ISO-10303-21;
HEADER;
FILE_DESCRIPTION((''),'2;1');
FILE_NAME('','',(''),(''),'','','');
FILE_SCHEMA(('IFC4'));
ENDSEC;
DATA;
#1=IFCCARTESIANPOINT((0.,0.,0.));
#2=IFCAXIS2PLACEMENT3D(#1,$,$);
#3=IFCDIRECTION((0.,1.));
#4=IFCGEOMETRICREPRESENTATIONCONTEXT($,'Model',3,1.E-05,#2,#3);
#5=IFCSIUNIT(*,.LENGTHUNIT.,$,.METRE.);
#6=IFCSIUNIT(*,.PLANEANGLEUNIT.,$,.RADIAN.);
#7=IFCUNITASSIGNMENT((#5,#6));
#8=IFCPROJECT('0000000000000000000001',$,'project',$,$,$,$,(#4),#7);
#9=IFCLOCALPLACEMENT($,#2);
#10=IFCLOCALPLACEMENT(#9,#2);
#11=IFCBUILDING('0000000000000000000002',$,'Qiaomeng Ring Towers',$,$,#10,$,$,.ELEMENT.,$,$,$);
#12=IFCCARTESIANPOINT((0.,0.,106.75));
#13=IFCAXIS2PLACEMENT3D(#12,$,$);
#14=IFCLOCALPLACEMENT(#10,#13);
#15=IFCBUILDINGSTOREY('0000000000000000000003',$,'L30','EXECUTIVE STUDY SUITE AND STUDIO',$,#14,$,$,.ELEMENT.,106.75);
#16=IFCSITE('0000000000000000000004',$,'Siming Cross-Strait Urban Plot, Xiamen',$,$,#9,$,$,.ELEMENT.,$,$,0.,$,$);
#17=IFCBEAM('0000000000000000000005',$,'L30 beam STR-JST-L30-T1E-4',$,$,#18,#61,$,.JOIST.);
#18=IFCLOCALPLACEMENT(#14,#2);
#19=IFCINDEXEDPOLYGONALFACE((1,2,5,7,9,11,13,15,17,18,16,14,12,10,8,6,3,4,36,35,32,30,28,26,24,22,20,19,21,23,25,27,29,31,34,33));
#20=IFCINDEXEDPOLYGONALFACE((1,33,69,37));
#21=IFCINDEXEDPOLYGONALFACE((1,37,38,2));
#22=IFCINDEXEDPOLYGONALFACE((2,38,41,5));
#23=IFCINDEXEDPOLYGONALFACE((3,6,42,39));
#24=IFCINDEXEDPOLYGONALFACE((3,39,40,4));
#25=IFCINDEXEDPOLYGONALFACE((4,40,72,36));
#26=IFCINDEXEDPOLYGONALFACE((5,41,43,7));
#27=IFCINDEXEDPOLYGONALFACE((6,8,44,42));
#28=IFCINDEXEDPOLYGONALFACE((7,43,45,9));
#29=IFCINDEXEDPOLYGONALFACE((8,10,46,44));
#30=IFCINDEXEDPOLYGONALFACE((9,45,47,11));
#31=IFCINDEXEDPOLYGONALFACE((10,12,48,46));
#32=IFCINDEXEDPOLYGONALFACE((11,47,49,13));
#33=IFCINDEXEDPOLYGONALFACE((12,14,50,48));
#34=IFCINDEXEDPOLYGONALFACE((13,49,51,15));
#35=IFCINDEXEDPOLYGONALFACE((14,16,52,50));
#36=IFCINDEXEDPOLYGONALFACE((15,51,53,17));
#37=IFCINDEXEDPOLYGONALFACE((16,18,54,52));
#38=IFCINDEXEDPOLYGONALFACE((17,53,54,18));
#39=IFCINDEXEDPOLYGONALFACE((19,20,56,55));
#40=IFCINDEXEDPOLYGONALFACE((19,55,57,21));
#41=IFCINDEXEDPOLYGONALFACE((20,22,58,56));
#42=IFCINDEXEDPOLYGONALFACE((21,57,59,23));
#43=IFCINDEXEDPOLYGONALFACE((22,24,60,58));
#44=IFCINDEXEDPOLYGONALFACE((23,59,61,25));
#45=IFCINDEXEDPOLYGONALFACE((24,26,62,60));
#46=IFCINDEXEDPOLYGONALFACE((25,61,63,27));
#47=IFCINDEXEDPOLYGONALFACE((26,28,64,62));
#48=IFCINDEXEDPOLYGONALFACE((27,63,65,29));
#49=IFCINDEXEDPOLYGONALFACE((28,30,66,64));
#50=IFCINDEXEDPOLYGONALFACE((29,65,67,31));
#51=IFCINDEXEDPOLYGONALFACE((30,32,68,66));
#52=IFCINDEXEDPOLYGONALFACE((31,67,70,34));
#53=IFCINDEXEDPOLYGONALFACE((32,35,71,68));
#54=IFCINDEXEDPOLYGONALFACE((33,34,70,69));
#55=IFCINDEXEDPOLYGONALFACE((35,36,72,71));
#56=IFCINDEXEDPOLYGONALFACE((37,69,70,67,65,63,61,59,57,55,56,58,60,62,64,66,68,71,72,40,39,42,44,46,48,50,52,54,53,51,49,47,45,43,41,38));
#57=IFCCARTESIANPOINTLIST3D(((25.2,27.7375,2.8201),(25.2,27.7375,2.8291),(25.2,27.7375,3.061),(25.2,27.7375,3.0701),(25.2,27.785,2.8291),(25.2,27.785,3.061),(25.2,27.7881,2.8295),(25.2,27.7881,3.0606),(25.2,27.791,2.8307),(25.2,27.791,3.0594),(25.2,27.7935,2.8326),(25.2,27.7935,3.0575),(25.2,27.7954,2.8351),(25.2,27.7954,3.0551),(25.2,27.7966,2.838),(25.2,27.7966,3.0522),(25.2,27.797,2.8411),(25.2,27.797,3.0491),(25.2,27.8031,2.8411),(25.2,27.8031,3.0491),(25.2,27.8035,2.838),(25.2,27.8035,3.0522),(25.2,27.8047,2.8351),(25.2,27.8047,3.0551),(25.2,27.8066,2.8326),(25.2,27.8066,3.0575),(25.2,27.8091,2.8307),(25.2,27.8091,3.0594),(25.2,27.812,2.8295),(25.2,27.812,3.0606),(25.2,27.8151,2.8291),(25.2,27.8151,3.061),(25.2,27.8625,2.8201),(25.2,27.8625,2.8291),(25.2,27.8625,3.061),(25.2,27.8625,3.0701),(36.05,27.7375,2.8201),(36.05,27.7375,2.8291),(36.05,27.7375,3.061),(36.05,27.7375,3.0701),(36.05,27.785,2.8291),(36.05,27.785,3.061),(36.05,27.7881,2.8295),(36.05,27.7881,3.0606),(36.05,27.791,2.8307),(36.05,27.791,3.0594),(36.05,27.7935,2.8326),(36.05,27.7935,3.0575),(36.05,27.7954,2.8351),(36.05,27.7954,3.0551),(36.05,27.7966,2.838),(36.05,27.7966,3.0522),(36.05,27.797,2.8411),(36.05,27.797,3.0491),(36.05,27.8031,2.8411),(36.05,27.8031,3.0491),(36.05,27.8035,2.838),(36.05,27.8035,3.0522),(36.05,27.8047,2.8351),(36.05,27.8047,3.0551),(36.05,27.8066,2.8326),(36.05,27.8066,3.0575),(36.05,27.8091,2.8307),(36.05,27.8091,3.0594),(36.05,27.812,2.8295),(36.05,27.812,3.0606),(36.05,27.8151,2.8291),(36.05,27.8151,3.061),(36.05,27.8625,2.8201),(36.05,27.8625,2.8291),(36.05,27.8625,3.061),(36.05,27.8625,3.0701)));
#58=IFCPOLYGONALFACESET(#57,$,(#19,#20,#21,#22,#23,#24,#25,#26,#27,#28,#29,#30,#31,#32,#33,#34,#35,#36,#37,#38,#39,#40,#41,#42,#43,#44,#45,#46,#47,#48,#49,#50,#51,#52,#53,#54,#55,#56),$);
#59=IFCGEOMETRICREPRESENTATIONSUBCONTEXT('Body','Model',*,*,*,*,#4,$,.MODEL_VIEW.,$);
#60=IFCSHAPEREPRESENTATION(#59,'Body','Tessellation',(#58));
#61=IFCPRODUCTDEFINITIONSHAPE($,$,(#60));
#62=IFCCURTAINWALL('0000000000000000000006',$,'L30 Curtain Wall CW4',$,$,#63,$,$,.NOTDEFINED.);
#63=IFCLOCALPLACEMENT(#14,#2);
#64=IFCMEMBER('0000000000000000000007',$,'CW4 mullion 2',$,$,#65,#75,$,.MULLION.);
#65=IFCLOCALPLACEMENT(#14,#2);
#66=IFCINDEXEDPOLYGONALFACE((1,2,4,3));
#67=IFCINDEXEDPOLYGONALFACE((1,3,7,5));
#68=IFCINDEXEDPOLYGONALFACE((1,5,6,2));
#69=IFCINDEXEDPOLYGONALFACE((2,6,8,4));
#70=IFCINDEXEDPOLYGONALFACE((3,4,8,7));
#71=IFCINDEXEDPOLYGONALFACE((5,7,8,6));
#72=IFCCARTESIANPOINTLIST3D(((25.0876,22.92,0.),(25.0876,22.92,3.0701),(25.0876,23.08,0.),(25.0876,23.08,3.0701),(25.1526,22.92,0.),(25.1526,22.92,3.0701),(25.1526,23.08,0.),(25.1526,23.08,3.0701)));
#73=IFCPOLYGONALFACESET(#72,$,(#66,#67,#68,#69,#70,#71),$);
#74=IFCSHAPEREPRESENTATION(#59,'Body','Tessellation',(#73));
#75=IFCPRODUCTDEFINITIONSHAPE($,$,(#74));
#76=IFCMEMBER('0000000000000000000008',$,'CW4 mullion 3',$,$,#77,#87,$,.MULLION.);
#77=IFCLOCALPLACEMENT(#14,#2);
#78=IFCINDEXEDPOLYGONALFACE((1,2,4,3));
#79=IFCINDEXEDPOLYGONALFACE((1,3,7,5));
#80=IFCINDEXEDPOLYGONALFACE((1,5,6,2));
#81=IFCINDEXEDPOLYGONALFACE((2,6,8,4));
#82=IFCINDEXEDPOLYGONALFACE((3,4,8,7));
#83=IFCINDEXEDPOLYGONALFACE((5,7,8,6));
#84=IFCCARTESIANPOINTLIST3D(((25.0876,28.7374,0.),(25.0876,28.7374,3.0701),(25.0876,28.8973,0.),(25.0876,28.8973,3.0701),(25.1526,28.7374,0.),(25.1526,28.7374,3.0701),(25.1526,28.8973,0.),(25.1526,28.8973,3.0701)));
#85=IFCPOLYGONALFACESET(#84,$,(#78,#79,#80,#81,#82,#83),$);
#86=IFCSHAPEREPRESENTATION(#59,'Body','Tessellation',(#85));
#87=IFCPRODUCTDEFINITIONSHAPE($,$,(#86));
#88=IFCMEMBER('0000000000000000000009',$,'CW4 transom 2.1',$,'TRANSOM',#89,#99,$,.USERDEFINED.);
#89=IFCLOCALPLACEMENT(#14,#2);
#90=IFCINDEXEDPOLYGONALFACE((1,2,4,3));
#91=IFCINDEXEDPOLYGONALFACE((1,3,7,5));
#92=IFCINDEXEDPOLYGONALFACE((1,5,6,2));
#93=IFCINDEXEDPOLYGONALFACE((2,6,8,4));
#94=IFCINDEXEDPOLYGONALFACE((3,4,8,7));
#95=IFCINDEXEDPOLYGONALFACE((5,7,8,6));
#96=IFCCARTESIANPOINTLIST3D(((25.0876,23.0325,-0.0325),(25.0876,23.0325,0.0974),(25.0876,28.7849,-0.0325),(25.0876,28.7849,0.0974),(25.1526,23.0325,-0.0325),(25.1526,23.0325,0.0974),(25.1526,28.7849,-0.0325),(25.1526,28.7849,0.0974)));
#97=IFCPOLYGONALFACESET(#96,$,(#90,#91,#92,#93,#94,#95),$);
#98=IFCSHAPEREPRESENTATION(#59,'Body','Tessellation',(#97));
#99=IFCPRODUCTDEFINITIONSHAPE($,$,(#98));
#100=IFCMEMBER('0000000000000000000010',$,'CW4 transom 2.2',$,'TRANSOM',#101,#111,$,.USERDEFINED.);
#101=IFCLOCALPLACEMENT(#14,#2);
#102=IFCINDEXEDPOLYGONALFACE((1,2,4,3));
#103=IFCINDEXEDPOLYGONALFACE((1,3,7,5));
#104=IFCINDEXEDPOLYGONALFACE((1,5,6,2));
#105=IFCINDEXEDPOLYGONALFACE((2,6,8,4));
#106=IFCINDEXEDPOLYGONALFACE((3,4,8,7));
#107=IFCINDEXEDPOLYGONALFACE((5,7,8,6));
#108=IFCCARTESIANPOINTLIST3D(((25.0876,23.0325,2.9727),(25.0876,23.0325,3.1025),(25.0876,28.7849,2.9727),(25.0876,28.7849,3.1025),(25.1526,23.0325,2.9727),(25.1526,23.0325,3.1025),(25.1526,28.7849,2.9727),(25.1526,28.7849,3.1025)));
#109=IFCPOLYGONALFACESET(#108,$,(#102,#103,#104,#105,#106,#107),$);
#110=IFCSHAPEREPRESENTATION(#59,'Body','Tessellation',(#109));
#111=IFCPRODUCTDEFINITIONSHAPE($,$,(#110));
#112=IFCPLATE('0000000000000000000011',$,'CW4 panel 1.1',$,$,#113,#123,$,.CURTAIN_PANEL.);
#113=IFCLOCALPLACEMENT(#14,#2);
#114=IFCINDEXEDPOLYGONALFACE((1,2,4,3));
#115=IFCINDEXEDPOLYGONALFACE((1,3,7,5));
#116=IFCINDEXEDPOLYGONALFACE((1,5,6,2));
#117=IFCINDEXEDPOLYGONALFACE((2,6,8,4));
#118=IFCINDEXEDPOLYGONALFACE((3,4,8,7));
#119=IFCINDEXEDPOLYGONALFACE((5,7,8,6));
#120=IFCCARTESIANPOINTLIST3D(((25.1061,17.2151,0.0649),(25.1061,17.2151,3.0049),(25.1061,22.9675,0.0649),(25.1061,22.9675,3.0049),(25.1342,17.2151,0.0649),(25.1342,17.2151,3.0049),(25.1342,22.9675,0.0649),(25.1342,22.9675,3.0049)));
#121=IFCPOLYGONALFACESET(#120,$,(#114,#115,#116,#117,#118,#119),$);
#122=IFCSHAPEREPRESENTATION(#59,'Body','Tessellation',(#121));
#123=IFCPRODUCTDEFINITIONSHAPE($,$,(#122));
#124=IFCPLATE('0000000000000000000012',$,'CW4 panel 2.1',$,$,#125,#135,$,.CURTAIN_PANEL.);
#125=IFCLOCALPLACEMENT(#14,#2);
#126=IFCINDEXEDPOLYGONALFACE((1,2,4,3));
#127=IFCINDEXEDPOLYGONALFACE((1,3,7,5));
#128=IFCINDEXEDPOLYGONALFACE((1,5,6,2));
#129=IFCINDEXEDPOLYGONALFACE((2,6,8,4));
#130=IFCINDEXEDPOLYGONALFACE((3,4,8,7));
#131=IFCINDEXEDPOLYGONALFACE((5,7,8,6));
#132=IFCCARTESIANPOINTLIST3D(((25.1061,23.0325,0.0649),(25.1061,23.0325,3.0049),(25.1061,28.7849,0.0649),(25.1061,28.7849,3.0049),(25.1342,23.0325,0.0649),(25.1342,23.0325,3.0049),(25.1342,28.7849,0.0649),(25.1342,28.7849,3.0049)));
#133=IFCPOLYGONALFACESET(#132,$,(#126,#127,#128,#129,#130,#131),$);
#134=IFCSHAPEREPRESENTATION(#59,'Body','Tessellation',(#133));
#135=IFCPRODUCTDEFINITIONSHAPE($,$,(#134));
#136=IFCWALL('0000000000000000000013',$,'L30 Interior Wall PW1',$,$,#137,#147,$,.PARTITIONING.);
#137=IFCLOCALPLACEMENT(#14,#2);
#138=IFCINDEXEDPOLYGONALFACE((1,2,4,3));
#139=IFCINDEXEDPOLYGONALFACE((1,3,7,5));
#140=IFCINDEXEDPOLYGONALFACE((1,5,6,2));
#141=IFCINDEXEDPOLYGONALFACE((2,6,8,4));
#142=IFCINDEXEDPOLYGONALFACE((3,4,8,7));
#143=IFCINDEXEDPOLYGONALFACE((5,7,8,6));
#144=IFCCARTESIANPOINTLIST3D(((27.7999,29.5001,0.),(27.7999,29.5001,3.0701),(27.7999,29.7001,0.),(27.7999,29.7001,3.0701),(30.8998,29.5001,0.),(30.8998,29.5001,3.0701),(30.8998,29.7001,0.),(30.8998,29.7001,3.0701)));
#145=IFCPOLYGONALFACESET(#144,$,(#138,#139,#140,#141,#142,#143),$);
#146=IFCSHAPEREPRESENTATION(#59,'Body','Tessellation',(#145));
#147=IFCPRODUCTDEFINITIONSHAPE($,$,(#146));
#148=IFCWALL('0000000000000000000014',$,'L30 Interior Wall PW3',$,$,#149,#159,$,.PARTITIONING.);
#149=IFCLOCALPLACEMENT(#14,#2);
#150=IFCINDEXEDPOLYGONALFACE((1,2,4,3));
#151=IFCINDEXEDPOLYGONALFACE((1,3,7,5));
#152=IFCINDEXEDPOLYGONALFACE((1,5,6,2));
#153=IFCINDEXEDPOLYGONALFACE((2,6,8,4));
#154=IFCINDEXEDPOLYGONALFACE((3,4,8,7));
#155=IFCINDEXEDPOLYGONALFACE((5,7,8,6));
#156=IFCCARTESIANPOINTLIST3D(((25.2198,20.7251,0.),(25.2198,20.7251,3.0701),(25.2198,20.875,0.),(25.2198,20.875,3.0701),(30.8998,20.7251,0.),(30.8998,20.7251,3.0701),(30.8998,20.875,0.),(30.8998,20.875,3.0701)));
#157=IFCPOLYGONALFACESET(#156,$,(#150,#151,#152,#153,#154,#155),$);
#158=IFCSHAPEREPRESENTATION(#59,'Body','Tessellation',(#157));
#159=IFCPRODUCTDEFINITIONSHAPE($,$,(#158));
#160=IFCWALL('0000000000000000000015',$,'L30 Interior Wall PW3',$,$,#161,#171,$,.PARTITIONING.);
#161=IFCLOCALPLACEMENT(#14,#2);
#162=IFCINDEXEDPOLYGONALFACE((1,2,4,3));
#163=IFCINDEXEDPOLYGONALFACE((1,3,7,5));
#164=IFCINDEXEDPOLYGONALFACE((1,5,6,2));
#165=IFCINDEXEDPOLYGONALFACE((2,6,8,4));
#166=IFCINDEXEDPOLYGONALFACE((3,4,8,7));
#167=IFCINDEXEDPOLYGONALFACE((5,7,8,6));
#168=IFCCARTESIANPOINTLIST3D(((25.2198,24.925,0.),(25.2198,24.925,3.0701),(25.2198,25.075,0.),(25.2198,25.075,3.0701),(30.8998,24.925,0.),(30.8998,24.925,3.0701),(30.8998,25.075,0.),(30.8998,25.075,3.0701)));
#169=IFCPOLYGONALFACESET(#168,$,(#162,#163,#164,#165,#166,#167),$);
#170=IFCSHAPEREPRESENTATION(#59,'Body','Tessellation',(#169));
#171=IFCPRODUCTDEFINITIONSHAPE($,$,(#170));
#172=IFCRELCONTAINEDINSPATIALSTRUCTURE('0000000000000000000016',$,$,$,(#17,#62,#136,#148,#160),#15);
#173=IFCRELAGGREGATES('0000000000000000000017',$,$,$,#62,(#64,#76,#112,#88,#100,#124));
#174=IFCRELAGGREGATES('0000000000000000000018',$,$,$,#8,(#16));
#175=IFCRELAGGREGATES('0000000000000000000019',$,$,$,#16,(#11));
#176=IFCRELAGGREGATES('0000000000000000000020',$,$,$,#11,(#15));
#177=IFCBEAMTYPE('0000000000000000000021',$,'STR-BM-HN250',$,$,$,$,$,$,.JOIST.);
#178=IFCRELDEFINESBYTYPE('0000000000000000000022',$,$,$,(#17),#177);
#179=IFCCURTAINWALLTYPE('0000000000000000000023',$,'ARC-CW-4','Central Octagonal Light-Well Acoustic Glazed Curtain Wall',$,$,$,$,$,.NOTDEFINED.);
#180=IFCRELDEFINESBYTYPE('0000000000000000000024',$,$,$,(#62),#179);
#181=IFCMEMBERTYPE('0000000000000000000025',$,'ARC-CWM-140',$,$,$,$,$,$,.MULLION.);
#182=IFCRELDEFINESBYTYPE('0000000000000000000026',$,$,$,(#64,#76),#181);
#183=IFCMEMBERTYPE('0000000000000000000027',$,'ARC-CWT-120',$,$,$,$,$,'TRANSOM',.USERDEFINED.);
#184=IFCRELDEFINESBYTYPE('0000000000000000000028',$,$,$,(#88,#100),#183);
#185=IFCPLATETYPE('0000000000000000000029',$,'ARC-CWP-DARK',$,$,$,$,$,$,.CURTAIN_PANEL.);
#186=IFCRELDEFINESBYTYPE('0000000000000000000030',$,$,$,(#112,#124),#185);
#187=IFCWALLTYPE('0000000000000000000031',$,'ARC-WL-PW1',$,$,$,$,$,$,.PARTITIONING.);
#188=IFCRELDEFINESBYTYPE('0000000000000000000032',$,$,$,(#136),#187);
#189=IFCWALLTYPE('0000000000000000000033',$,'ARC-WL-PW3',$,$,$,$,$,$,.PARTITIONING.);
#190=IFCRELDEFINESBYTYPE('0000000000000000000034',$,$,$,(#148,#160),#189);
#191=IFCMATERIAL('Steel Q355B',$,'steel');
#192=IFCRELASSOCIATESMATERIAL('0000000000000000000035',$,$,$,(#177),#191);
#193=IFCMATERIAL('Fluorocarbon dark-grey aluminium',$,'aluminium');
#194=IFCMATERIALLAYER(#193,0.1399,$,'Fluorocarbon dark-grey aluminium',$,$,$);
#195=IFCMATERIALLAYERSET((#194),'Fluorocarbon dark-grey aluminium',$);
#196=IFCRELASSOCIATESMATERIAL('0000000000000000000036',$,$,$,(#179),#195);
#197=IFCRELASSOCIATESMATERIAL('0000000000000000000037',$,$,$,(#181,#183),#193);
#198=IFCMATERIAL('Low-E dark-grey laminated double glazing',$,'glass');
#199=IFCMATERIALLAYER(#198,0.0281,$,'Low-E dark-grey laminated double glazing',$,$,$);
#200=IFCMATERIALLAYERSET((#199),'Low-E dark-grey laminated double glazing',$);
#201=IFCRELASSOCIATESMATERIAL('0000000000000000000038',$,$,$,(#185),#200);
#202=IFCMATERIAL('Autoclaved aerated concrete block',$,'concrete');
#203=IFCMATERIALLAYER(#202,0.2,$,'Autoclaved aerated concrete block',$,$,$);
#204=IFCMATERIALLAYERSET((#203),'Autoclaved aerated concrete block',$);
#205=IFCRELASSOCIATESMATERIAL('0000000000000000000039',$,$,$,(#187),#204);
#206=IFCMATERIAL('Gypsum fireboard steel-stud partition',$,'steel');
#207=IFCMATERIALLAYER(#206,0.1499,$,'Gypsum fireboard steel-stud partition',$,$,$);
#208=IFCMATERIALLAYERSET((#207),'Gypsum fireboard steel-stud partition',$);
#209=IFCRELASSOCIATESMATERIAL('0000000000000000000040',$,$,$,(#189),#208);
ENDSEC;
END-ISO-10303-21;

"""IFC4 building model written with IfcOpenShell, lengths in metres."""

from ifc_helpers import new_model, si_unit, direction, frame, frame_2d, origin, origin_2d, place, context, subcontext, project, spatial, rectangle, i_section, extrude, source, transform, mapped, material, layer, layer_set, material_profile, profile_set, type_object, element, aggregate, save


model = new_model("IFC4")

# Units and contexts
model_context = context("Model", 3, precision=1e-05, world=origin(), true_north=direction((0.0, 1.0)))
body_context = subcontext(model_context, "Body", "Model", "MODEL_VIEW")
ifc_project = project(units=[si_unit("LENGTHUNIT", "METRE"), si_unit("PLANEANGLEUNIT", "RADIAN")], contexts=[model_context])

# Site, building, storey
site_placement = place(None, origin())
site = spatial("IfcSite", under=ifc_project, at=site_placement, Name="Siming Cross-Strait Urban Plot, Xiamen", CompositionType="ELEMENT", RefElevation=0.0)
building_placement = place(site_placement, origin())
building = spatial("IfcBuilding", under=site, at=building_placement, Name="Qiaomeng Ring Towers", CompositionType="ELEMENT")
storey_placement = place(building_placement, frame((0.0, 0.0, 106.75)))
storey = spatial("IfcBuildingStorey", under=building, at=storey_placement, Name="L30", Description="EXECUTIVE STUDY SUITE AND STUDIO", CompositionType="ELEMENT", Elevation=106.75)

# Beam
ifc_material_1 = material(Name="Steel Q355B", Category="steel")
ifc_material_profile_1 = material_profile(ifc_material_1, i_section(OverallWidth=0.125, OverallDepth=0.25, WebThickness=0.0061, FlangeThickness=0.009, FilletRadius=0.012, at=origin_2d()), Name="HN 250x125x6x9")
ifc_profile_set_1 = profile_set([ifc_material_profile_1], Name="Steel Q355B")
beam_type_1 = type_object("IfcBeamType", Name="STR-BM-HN250", PredefinedType="JOIST", material=ifc_profile_set_1)
shared_shape_1 = source(origin(), body_context, "Body", "SweptSolid", [
    extrude(i_section(OverallWidth=0.125, OverallDepth=0.25, WebThickness=0.0061, FlangeThickness=0.009, FilletRadius=0.012, at=origin_2d()), origin(), (0.0, 0.0, 1.0), 10.8501),
])
for number, where, z_axis, x_axis, name in (
    (1, (25.2, 27.8, 2.9451), (1.0, 0.0, 0.0), (0.0, 1.0, 0.0), "L30 beam STR-JST-L30-T1E-4"),
):
    element("IfcBeam", number, at=place(storey_placement, frame(where, z_axis=z_axis, x_axis=x_axis)), inside=storey, type_object=beam_type_1, Name=name, PredefinedType="JOIST", context=body_context, shape_type="MappedRepresentation", body=[
        mapped(shared_shape_1, transform((0.0, 0.0, 0.0), x_axis=(1.0, 0.0, 0.0), y_axis=(0.0, 1.0, 0.0), z_axis=(0.0, 0.0, 1.0), scale=1.0)),
    ])

# Curtain wall, members, plates
ifc_material_2 = material(Name="Fluorocarbon dark-grey aluminium", Category="aluminium")
ifc_layer_1 = layer(ifc_material_2, 0.1399, Name="Fluorocarbon dark-grey aluminium")
ifc_layer_set_1 = layer_set([ifc_layer_1], Name="Fluorocarbon dark-grey aluminium")
curtain_wall_type = type_object("IfcCurtainWallType", Name="ARC-CW-4", Description="Central Octagonal Light-Well Acoustic Glazed Curtain Wall", PredefinedType="NOTDEFINED", material=ifc_layer_set_1)
curtain_wall_placement = place(storey_placement, origin())
curtain_wall = element("IfcCurtainWall", 2, at=curtain_wall_placement, inside=storey, type_object=curtain_wall_type, Name="L30 Curtain Wall CW4", PredefinedType="NOTDEFINED")
ifc_material_profile_2 = material_profile(ifc_material_2, rectangle(XDim=0.0649, YDim=0.1599, at=origin_2d()), Name="ALU MULL 65x160")
ifc_profile_set_2 = profile_set([ifc_material_profile_2], Name="Fluorocarbon dark-grey aluminium")
member_type_1 = type_object("IfcMemberType", Name="ARC-CWM-140", PredefinedType="MULLION", material=ifc_profile_set_2)
shared_shape_2 = source(origin(), body_context, "Body", "SweptSolid", [
    extrude(rectangle(XDim=0.0649, YDim=0.1599, at=origin_2d()), origin(), (0.0, 0.0, 1.0), 3.0701),
])
member_1_placement = place(storey_placement, frame((25.1201, 23.0, 0.0), z_axis=(0.0, 0.0, 1.0), x_axis=(-1.0, 0.0, 0.0)))
member_1 = element("IfcMember", 3, at=member_1_placement, type_object=member_type_1, Name="CW4 mullion 2", PredefinedType="MULLION", context=body_context, shape_type="MappedRepresentation", body=[
    mapped(shared_shape_2, transform((0.0, 0.0, 0.0), x_axis=(1.0, 0.0, 0.0), y_axis=(0.0, 1.0, 0.0), z_axis=(0.0, 0.0, 1.0), scale=1.0)),
])
member_2_placement = place(storey_placement, frame((25.1201, 28.8174, 0.0), z_axis=(0.0, 0.0, 1.0), x_axis=(-1.0, 0.0, 0.0)))
member_2 = element("IfcMember", 4, at=member_2_placement, type_object=member_type_1, Name="CW4 mullion 3", PredefinedType="MULLION", context=body_context, shape_type="MappedRepresentation", body=[
    mapped(shared_shape_2, transform((0.0, 0.0, 0.0), x_axis=(1.0, 0.0, 0.0), y_axis=(0.0, 1.0, 0.0), z_axis=(0.0, 0.0, 1.0), scale=1.0)),
])
ifc_material_profile_3 = material_profile(ifc_material_2, rectangle(XDim=0.0649, YDim=0.1299, at=origin_2d()), Name="ALU TRAN 65x130")
ifc_profile_set_3 = profile_set([ifc_material_profile_3], Name="Fluorocarbon dark-grey aluminium")
member_type_2 = type_object("IfcMemberType", Name="ARC-CWT-120", ElementType="TRANSOM", PredefinedType="USERDEFINED", material=ifc_profile_set_3)
shared_shape_3 = source(origin(), body_context, "Body", "SweptSolid", [
    extrude(rectangle(XDim=0.0649, YDim=0.1299, at=origin_2d()), origin(), (0.0, 0.0, 1.0), 5.7524),
])
member_3_placement = place(storey_placement, frame((25.1201, 23.0325, 0.0325), z_axis=(0.0, 1.0, 0.0), x_axis=(-1.0, 0.0, 0.0)))
member_3 = element("IfcMember", 5, at=member_3_placement, type_object=member_type_2, Name="CW4 transom 2.1", ObjectType="TRANSOM", PredefinedType="USERDEFINED", context=body_context, shape_type="MappedRepresentation", body=[
    mapped(shared_shape_3, transform((0.0, 0.0, 0.0), x_axis=(1.0, 0.0, 0.0), y_axis=(0.0, 1.0, 0.0), z_axis=(0.0, 0.0, 1.0), scale=1.0)),
])
member_4_placement = place(storey_placement, frame((25.1201, 23.0325, 3.0376), z_axis=(0.0, 1.0, 0.0), x_axis=(-1.0, 0.0, 0.0)))
member_4 = element("IfcMember", 6, at=member_4_placement, type_object=member_type_2, Name="CW4 transom 2.2", ObjectType="TRANSOM", PredefinedType="USERDEFINED", context=body_context, shape_type="MappedRepresentation", body=[
    mapped(shared_shape_3, transform((0.0, 0.0, 0.0), x_axis=(1.0, 0.0, 0.0), y_axis=(0.0, 1.0, 0.0), z_axis=(0.0, 0.0, 1.0), scale=1.0)),
])
ifc_material_3 = material(Name="Low-E dark-grey laminated double glazing", Category="glass")
ifc_layer_2 = layer(ifc_material_3, 0.0281, Name="Low-E dark-grey laminated double glazing")
ifc_layer_set_2 = layer_set([ifc_layer_2], Name="Low-E dark-grey laminated double glazing")
plate_type = type_object("IfcPlateType", Name="ARC-CWP-DARK", PredefinedType="CURTAIN_PANEL", material=ifc_layer_set_2)
shared_shape_4 = source(origin(), body_context, "Body", "SweptSolid", [
    extrude(rectangle(XDim=5.7524, YDim=0.0281, at=origin_2d()), origin(), (0.0, 0.0, 1.0), 2.9399),
])
plate_1_placement = place(storey_placement, frame((25.1201, 20.0913, 0.0649), z_axis=(0.0, 0.0, 1.0), x_axis=(0.0, 1.0, 0.0)))
plate_1 = element("IfcPlate", 7, at=plate_1_placement, type_object=plate_type, Name="CW4 panel 1.1", PredefinedType="CURTAIN_PANEL", context=body_context, shape_type="MappedRepresentation", body=[
    mapped(shared_shape_4, transform((0.0, 0.0, 0.0), x_axis=(1.0, 0.0, 0.0), y_axis=(0.0, 1.0, 0.0), z_axis=(0.0, 0.0, 1.0), scale=1.0)),
])
plate_2_placement = place(storey_placement, frame((25.1201, 25.9087, 0.0649), z_axis=(0.0, 0.0, 1.0), x_axis=(0.0, 1.0, 0.0)))
plate_2 = element("IfcPlate", 8, at=plate_2_placement, type_object=plate_type, Name="CW4 panel 2.1", PredefinedType="CURTAIN_PANEL", context=body_context, shape_type="MappedRepresentation", body=[
    mapped(shared_shape_4, transform((0.0, 0.0, 0.0), x_axis=(1.0, 0.0, 0.0), y_axis=(0.0, 1.0, 0.0), z_axis=(0.0, 0.0, 1.0), scale=1.0)),
])
aggregate(curtain_wall, [member_1, member_2, plate_1, member_3, member_4, plate_2])

# Walls
ifc_material_4 = material(Name="Autoclaved aerated concrete block", Category="concrete")
ifc_layer_3 = layer(ifc_material_4, 0.2, Name="Autoclaved aerated concrete block")
ifc_layer_set_3 = layer_set([ifc_layer_3], Name="Autoclaved aerated concrete block")
wall_type_1 = type_object("IfcWallType", Name="ARC-WL-PW1", PredefinedType="PARTITIONING", material=ifc_layer_set_3)
wall_1_placement = place(storey_placement, frame((27.8, 29.6001, 0.0), z_axis=(0.0, 0.0, 1.0), x_axis=(1.0, 0.0, 0.0)))
element("IfcWall", 9, at=wall_1_placement, inside=storey, type_object=wall_type_1, Name="L30 Interior Wall PW1", PredefinedType="PARTITIONING", context=body_context, shape_type="SweptSolid", body=[
    extrude(rectangle(XDim=3.0999, YDim=0.2, at=frame_2d((1.5498, 0.0))), origin(), (0.0, 0.0, 1.0), 3.0701),
])
ifc_material_5 = material(Name="Gypsum fireboard steel-stud partition", Category="steel")
ifc_layer_4 = layer(ifc_material_5, 0.1499, Name="Gypsum fireboard steel-stud partition")
ifc_layer_set_4 = layer_set([ifc_layer_4], Name="Gypsum fireboard steel-stud partition")
wall_type_2 = type_object("IfcWallType", Name="ARC-WL-PW3", PredefinedType="PARTITIONING", material=ifc_layer_set_4)
for number, where, z_axis, x_axis, name in (
    (10, (25.22, 20.8, 0.0), (0.0, 0.0, 1.0), (1.0, 0.0, 0.0), "L30 Interior Wall PW3"),
    (11, (25.22, 25.0, 0.0), (0.0, 0.0, 1.0), (1.0, 0.0, 0.0), "L30 Interior Wall PW3"),
):
    element("IfcWall", number, at=place(storey_placement, frame(where, z_axis=z_axis, x_axis=x_axis)), inside=storey, type_object=wall_type_2, Name=name, PredefinedType="PARTITIONING", context=body_context, shape_type="SweptSolid", body=[
        extrude(rectangle(XDim=5.6799, YDim=0.1499, at=frame_2d((2.8398, 0.0))), origin(), (0.0, 0.0, 1.0), 3.0701),
    ])

save(model, "model.ifc")
